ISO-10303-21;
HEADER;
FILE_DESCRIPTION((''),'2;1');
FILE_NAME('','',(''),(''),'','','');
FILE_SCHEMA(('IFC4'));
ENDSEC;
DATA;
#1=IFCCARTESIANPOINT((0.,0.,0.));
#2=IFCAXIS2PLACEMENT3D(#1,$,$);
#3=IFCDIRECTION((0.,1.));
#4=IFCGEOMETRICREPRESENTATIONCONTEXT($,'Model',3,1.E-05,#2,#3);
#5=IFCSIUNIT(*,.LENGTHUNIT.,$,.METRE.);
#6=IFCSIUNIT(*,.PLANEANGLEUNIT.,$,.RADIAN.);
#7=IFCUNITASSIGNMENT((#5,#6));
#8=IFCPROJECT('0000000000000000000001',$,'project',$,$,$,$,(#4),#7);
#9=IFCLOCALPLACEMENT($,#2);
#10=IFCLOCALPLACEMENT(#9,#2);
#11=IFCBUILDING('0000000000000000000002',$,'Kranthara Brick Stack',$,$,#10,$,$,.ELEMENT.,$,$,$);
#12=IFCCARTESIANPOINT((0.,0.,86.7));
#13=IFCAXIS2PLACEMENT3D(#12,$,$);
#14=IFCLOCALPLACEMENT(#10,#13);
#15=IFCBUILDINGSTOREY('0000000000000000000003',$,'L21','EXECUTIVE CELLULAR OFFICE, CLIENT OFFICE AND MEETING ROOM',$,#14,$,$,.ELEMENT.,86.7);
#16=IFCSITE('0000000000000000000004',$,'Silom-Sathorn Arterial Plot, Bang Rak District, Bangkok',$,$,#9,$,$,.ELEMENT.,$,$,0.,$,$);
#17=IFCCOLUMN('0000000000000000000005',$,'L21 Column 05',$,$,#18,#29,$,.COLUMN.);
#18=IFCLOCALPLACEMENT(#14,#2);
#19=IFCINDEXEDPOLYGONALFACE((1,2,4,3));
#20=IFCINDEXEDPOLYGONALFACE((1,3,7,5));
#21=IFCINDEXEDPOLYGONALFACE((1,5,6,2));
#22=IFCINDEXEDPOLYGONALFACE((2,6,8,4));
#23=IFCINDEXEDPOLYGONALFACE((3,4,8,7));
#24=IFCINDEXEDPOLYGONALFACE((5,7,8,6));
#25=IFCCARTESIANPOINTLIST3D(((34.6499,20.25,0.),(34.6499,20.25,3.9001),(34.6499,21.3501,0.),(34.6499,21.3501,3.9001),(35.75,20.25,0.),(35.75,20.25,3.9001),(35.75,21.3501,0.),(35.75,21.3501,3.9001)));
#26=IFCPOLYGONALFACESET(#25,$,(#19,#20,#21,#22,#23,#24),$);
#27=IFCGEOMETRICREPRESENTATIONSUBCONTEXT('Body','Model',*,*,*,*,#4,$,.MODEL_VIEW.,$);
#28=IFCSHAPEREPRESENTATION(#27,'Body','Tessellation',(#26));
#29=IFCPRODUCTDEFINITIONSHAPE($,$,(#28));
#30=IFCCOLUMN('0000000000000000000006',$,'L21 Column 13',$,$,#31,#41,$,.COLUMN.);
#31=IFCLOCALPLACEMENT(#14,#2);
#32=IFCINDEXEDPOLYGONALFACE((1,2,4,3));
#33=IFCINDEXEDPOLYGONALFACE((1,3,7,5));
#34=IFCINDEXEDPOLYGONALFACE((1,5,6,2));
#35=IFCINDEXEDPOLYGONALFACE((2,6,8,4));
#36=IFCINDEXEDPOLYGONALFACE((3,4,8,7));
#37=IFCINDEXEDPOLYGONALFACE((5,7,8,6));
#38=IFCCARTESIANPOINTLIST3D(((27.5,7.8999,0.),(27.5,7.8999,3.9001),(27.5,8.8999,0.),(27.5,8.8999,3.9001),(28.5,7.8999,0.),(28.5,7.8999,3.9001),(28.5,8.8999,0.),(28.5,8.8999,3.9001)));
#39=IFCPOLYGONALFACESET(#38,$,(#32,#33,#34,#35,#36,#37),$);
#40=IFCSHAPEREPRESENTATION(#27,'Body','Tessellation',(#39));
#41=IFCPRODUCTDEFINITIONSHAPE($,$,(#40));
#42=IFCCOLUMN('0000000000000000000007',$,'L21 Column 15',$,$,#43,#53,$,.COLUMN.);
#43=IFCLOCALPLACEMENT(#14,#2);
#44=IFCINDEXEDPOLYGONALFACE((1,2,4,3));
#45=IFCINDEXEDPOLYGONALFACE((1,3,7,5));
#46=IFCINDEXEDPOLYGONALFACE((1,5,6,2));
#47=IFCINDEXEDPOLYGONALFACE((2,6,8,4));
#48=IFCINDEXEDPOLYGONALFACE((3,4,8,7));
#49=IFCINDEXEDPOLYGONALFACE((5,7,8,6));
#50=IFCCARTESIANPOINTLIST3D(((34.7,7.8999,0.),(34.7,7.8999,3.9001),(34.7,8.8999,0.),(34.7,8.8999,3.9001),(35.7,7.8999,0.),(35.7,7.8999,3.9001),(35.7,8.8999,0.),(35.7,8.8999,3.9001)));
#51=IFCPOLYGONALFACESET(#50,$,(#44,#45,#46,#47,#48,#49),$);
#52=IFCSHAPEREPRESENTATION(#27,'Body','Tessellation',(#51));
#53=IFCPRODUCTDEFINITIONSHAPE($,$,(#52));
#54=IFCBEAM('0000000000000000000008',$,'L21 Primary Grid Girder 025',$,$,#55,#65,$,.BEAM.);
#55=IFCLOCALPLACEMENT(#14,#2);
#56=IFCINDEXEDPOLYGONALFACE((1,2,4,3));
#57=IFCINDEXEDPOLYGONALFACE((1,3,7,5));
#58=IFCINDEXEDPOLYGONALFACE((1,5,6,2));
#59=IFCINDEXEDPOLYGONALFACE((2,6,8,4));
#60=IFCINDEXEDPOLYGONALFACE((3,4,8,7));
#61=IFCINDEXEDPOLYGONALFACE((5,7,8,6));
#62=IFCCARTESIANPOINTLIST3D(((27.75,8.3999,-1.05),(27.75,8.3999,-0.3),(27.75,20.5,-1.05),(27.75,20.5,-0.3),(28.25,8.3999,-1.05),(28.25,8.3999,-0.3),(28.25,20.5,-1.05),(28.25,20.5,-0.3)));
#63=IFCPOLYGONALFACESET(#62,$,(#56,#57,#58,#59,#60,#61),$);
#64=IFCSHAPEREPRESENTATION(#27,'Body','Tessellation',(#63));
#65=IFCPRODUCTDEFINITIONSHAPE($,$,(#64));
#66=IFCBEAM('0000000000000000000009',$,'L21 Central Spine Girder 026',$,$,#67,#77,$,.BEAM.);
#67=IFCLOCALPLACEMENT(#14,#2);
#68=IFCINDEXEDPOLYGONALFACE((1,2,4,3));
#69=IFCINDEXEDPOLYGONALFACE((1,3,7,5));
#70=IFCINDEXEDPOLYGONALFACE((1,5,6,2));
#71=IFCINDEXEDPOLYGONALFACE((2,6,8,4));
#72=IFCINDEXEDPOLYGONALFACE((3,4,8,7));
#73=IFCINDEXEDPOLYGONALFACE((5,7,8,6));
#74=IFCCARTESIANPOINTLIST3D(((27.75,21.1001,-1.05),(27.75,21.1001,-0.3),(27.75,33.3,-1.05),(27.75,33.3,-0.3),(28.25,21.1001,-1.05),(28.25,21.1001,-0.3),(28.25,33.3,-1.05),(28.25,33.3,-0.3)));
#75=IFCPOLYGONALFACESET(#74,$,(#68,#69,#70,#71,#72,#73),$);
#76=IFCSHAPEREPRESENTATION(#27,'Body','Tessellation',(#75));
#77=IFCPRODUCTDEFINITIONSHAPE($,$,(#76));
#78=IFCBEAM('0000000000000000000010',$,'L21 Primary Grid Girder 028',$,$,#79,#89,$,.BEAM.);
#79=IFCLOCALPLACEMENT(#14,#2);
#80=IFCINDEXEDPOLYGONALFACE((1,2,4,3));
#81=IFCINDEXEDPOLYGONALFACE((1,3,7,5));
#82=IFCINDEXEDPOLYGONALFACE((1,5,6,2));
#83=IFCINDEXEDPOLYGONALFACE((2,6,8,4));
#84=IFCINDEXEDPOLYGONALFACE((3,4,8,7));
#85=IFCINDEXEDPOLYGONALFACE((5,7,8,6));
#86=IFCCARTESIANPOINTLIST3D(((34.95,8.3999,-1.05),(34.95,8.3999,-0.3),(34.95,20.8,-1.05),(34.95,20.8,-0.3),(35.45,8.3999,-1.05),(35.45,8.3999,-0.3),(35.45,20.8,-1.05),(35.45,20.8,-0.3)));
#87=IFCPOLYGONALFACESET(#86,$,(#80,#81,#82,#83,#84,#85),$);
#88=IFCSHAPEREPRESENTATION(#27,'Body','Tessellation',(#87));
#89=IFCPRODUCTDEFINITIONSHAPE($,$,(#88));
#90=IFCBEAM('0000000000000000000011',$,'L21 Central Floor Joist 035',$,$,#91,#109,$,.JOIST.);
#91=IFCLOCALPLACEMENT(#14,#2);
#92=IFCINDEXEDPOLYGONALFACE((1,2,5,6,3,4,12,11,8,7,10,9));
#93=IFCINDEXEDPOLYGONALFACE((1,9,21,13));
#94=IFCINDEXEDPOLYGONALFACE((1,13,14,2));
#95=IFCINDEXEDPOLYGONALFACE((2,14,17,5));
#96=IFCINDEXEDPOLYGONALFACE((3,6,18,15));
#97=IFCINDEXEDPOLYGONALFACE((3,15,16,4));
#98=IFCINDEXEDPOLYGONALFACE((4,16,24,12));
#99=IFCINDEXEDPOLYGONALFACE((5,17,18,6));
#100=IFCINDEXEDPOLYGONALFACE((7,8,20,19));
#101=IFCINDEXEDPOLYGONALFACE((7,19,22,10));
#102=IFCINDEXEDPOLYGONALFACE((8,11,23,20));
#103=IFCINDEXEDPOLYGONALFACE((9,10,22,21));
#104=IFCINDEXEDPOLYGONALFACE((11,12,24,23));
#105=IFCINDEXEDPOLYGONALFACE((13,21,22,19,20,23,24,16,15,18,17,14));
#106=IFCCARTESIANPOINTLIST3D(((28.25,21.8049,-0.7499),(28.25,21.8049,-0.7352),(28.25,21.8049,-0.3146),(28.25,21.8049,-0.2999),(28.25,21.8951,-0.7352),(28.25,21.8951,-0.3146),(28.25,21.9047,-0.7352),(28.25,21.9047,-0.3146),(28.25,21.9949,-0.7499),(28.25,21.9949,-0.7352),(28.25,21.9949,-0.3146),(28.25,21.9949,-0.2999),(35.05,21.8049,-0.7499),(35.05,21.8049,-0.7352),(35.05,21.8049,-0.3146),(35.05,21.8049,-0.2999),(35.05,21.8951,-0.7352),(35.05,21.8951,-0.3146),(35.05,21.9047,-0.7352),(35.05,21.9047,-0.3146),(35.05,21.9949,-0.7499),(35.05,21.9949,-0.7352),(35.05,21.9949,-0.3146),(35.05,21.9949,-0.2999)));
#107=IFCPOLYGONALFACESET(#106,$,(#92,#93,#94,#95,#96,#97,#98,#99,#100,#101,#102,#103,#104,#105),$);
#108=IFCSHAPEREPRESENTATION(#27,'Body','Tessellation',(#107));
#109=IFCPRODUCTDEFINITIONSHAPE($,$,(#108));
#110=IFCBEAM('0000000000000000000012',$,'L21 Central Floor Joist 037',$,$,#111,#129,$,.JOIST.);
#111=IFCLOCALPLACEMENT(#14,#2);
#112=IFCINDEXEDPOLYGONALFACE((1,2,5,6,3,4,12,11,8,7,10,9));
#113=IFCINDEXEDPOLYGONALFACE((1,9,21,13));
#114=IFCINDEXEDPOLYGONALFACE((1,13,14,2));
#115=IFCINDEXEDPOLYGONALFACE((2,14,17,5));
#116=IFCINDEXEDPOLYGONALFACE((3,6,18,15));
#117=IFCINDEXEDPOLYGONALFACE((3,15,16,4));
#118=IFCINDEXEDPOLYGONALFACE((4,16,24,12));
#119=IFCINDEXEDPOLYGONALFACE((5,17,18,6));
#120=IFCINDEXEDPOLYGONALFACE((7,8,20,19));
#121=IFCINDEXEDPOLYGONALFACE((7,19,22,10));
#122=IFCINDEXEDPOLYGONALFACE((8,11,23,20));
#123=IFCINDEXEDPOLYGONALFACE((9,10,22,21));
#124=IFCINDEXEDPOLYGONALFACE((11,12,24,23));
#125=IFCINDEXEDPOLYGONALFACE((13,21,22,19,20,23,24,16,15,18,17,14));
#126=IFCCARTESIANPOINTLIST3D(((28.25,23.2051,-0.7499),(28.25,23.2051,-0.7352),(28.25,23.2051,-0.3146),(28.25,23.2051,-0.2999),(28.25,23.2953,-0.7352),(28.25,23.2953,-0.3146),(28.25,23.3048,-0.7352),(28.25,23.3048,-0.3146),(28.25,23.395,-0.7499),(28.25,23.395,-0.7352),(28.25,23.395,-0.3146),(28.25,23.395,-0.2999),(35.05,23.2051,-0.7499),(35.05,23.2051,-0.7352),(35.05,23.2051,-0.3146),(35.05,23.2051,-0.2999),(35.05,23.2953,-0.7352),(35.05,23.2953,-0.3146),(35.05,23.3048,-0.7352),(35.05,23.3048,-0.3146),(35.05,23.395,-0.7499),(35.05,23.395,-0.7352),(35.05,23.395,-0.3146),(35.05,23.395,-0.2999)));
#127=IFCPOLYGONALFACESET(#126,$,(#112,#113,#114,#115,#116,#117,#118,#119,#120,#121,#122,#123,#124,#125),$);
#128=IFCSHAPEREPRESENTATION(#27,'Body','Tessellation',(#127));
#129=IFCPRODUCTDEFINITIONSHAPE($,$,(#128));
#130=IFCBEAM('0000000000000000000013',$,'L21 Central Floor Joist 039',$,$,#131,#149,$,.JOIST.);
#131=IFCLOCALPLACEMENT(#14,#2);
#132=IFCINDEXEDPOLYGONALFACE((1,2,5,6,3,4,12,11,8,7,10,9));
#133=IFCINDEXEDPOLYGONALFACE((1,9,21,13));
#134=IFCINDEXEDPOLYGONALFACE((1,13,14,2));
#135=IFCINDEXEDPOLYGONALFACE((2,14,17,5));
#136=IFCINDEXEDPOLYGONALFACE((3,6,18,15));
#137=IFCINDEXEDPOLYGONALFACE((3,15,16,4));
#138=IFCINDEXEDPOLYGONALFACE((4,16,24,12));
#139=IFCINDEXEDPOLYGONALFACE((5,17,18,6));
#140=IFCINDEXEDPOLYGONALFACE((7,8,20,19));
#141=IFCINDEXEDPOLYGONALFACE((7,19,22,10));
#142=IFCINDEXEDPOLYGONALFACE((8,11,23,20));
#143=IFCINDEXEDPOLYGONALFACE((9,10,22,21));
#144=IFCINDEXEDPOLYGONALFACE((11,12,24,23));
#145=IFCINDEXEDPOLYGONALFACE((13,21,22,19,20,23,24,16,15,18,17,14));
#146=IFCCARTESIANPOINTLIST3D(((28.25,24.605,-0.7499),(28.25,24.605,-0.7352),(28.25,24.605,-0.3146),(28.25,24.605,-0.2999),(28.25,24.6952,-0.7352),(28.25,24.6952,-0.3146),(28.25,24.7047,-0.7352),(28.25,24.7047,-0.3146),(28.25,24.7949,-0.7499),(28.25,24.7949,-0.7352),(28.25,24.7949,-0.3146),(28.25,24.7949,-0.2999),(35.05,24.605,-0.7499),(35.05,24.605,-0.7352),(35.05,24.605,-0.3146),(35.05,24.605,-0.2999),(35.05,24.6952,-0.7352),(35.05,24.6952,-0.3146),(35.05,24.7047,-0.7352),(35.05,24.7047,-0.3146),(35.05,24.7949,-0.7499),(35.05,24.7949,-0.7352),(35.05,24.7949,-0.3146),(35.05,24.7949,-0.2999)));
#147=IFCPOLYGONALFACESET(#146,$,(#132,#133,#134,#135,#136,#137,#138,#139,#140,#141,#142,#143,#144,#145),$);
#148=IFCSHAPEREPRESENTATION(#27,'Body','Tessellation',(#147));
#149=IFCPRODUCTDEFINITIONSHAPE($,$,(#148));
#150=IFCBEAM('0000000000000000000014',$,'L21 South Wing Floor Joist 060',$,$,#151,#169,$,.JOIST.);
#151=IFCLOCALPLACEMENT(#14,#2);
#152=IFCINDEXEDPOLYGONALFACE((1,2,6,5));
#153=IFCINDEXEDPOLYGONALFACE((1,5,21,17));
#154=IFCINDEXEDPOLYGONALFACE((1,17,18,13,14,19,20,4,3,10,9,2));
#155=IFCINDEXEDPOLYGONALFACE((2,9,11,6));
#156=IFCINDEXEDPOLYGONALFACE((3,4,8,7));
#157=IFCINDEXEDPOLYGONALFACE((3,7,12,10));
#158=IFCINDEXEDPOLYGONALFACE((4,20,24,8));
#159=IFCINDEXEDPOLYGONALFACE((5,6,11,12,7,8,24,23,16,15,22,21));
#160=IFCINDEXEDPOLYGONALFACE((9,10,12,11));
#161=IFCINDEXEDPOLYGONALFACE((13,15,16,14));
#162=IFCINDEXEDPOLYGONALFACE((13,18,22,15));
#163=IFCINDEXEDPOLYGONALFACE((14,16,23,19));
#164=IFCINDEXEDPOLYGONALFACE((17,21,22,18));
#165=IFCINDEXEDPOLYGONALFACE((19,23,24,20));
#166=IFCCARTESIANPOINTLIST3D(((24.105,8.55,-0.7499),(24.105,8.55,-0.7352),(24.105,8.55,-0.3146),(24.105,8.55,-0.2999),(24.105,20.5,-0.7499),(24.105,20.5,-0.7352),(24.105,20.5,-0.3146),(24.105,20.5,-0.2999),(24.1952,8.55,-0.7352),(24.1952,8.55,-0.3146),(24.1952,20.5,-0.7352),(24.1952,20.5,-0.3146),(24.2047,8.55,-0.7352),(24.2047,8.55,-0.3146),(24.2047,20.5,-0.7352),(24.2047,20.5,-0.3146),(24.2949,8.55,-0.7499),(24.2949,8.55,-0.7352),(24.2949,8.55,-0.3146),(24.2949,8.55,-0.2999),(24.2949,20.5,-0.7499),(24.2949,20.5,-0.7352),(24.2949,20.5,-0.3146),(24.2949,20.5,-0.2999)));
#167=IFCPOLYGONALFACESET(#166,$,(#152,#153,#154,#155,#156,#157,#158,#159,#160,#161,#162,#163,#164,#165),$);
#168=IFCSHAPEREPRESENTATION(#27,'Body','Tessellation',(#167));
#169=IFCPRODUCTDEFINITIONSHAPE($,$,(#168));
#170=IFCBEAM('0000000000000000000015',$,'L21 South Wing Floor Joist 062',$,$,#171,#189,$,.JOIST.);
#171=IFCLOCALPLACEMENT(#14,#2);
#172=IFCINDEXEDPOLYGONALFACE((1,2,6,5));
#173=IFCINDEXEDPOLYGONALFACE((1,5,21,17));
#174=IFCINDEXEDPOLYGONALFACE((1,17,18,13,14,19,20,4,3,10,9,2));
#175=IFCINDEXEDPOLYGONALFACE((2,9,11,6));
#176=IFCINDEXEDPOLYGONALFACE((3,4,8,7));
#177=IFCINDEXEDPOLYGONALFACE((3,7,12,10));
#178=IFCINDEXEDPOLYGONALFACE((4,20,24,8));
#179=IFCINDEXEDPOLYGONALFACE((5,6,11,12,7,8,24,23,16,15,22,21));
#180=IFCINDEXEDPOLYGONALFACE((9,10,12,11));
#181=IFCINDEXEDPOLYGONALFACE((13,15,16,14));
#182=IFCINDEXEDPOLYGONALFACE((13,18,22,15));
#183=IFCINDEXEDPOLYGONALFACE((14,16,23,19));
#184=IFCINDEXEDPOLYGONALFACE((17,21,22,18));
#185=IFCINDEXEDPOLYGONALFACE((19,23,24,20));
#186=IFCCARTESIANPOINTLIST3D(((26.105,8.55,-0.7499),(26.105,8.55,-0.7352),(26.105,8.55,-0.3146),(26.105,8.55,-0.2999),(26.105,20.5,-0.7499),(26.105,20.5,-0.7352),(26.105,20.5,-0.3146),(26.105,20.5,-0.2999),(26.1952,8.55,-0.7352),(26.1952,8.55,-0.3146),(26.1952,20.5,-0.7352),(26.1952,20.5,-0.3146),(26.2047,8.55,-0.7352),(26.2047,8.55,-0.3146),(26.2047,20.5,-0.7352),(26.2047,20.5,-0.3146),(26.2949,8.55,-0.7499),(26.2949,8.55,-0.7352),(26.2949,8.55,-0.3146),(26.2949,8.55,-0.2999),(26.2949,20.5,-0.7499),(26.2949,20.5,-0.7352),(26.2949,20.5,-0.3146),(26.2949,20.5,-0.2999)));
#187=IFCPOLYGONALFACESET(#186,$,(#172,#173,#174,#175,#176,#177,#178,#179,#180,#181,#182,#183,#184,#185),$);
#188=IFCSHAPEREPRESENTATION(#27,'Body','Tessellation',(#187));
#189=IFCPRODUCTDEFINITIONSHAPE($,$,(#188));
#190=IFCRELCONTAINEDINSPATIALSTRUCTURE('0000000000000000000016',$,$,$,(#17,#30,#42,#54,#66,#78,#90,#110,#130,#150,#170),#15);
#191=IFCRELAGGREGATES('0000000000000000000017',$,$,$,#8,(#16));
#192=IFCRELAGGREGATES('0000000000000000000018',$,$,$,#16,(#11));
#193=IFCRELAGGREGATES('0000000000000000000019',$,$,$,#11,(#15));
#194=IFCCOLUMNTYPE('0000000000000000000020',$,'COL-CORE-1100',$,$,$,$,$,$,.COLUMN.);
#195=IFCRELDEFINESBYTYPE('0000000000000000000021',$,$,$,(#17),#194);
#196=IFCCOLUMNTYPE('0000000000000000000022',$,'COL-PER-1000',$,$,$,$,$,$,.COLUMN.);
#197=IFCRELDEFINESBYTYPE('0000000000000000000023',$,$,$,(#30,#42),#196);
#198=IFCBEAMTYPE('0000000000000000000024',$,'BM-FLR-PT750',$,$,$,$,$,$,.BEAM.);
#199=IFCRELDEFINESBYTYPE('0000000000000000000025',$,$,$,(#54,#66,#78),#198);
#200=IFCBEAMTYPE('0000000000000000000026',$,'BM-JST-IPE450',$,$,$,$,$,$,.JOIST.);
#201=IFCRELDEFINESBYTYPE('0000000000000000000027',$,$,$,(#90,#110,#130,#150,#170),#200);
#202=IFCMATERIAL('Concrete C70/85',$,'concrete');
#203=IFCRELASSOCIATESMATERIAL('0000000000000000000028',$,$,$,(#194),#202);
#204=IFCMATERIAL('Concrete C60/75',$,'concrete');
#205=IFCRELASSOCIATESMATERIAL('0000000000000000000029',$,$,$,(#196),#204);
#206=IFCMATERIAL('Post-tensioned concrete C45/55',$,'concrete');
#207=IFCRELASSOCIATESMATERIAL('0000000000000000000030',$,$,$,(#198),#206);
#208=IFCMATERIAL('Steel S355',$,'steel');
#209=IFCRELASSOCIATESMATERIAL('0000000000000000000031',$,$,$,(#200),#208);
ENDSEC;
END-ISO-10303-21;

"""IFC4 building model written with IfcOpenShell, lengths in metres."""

from ifc_helpers import new_model, si_unit, direction, frame, origin, origin_2d, place, context, subcontext, project, spatial, rectangle, i_section, extrude, material, material_profile, profile_set, type_object, element, save


model = new_model("IFC4")

# Units and contexts
model_context = context("Model", 3, precision=1e-05, world=origin(), true_north=direction((0.0, 1.0)))
body_context = subcontext(model_context, "Body", "Model", "MODEL_VIEW")
ifc_project = project(units=[si_unit("LENGTHUNIT", "METRE"), si_unit("PLANEANGLEUNIT", "RADIAN")], contexts=[model_context])

# Site, building, storey
site_placement = place(None, origin())
site = spatial("IfcSite", under=ifc_project, at=site_placement, Name="Silom-Sathorn Arterial Plot, Bang Rak District, Bangkok", CompositionType="ELEMENT", RefElevation=0.0)
building_placement = place(site_placement, origin())
building = spatial("IfcBuilding", under=site, at=building_placement, Name="Kranthara Brick Stack", CompositionType="ELEMENT")
storey_placement = place(building_placement, frame((0.0, 0.0, 86.7)))
storey = spatial("IfcBuildingStorey", under=building, at=storey_placement, Name="L21", Description="EXECUTIVE CELLULAR OFFICE, CLIENT OFFICE AND MEETING ROOM", CompositionType="ELEMENT", Elevation=86.7)

# Columns
ifc_material_1 = material(Name="Concrete C70/85", Category="concrete")
ifc_material_profile_1 = material_profile(ifc_material_1, rectangle(XDim=1.1001, YDim=1.1001, at=origin_2d()), Name="RC 1100x1100")
ifc_profile_set_1 = profile_set([ifc_material_profile_1], Name="Concrete C70/85")
column_type_1 = type_object("IfcColumnType", Name="COL-CORE-1100", PredefinedType="COLUMN", material=ifc_profile_set_1)
column_placement = place(storey_placement, frame((35.2, 20.8, 0.0), z_axis=(0.0, 0.0, 1.0), x_axis=(1.0, 0.0, 0.0)))
element("IfcColumn", 1, at=column_placement, inside=storey, type_object=column_type_1, Name="L21 Column 05", PredefinedType="COLUMN", context=body_context, shape_type="SweptSolid", body=[
    extrude(rectangle(XDim=1.1001, YDim=1.1001, at=origin_2d()), origin(), (0.0, 0.0, 1.0), 3.9001),
])
ifc_material_2 = material(Name="Concrete C60/75", Category="concrete")
ifc_material_profile_2 = material_profile(ifc_material_2, rectangle(XDim=1.0, YDim=1.0, at=origin_2d()), Name="RC 1000x1000")
ifc_profile_set_2 = profile_set([ifc_material_profile_2], Name="Concrete C60/75")
column_type_2 = type_object("IfcColumnType", Name="COL-PER-1000", PredefinedType="COLUMN", material=ifc_profile_set_2)
for number, where, z_axis, x_axis, name in (
    (2, (28.0, 8.3999, 0.0), (0.0, 0.0, 1.0), (1.0, 0.0, 0.0), "L21 Column 13"),
    (3, (35.2, 8.3999, 0.0), (0.0, 0.0, 1.0), (1.0, 0.0, 0.0), "L21 Column 15"),
):
    element("IfcColumn", number, at=place(storey_placement, frame(where, z_axis=z_axis, x_axis=x_axis)), inside=storey, type_object=column_type_2, Name=name, PredefinedType="COLUMN", context=body_context, shape_type="SweptSolid", body=[
        extrude(rectangle(XDim=1.0, YDim=1.0, at=origin_2d()), origin(), (0.0, 0.0, 1.0), 3.9001),
    ])

# Beams
ifc_material_3 = material(Name="Post-tensioned concrete C45/55", Category="concrete")
ifc_material_profile_3 = material_profile(ifc_material_3, rectangle(XDim=0.5, YDim=0.75, at=origin_2d()), Name="PT 500x750")
ifc_profile_set_3 = profile_set([ifc_material_profile_3], Name="Post-tensioned concrete C45/55")
beam_type_1 = type_object("IfcBeamType", Name="BM-FLR-PT750", PredefinedType="BEAM", material=ifc_profile_set_3)
beam_1_placement = place(storey_placement, frame((28.0, 8.3999, -0.675), z_axis=(0.0, 1.0, 0.0), x_axis=(-1.0, 0.0, 0.0)))
element("IfcBeam", 4, at=beam_1_placement, inside=storey, type_object=beam_type_1, Name="L21 Primary Grid Girder 025", PredefinedType="BEAM", context=body_context, shape_type="SweptSolid", body=[
    extrude(rectangle(XDim=0.5, YDim=0.75, at=origin_2d()), origin(), (0.0, 0.0, 1.0), 12.1001),
])
beam_2_placement = place(storey_placement, frame((28.0, 21.1001, -0.675), z_axis=(0.0, 1.0, 0.0), x_axis=(-1.0, 0.0, 0.0)))
element("IfcBeam", 5, at=beam_2_placement, inside=storey, type_object=beam_type_1, Name="L21 Central Spine Girder 026", PredefinedType="BEAM", context=body_context, shape_type="SweptSolid", body=[
    extrude(rectangle(XDim=0.5, YDim=0.75, at=origin_2d()), origin(), (0.0, 0.0, 1.0), 12.2),
])
beam_3_placement = place(storey_placement, frame((35.2, 8.3999, -0.675), z_axis=(0.0, 1.0, 0.0), x_axis=(-1.0, 0.0, 0.0)))
element("IfcBeam", 6, at=beam_3_placement, inside=storey, type_object=beam_type_1, Name="L21 Primary Grid Girder 028", PredefinedType="BEAM", context=body_context, shape_type="SweptSolid", body=[
    extrude(rectangle(XDim=0.5, YDim=0.75, at=origin_2d()), origin(), (0.0, 0.0, 1.0), 12.4001),
])
ifc_material_4 = material(Name="Steel S355", Category="steel")
ifc_material_profile_4 = material_profile(ifc_material_4, i_section(OverallWidth=0.1899, OverallDepth=0.45, WebThickness=0.0095, FlangeThickness=0.0146, at=origin_2d()), Name="IPE 450")
ifc_profile_set_4 = profile_set([ifc_material_profile_4], Name="Steel S355")
beam_type_2 = type_object("IfcBeamType", Name="BM-JST-IPE450", PredefinedType="JOIST", material=ifc_profile_set_4)
for number, where, z_axis, x_axis, name in (
    (7, (28.25, 21.8999, -0.5249), (1.0, 0.0, 0.0), (0.0, 1.0, 0.0), "L21 Central Floor Joist 035"),
    (8, (28.25, 23.3, -0.5249), (1.0, 0.0, 0.0), (0.0, 1.0, 0.0), "L21 Central Floor Joist 037"),
    (9, (28.25, 24.7, -0.5249), (1.0, 0.0, 0.0), (0.0, 1.0, 0.0), "L21 Central Floor Joist 039"),
):
    element("IfcBeam", number, at=place(storey_placement, frame(where, z_axis=z_axis, x_axis=x_axis)), inside=storey, type_object=beam_type_2, Name=name, PredefinedType="JOIST", context=body_context, shape_type="SweptSolid", body=[
        extrude(i_section(OverallWidth=0.1899, OverallDepth=0.45, WebThickness=0.0095, FlangeThickness=0.0146, at=origin_2d()), origin(), (0.0, 0.0, 1.0), 6.8),
    ])
for number, where, z_axis, x_axis, name in (
    (10, (24.2, 8.55, -0.5249), (0.0, 1.0, 0.0), (-1.0, 0.0, 0.0), "L21 South Wing Floor Joist 060"),
    (11, (26.2, 8.55, -0.5249), (0.0, 1.0, 0.0), (-1.0, 0.0, 0.0), "L21 South Wing Floor Joist 062"),
):
    element("IfcBeam", number, at=place(storey_placement, frame(where, z_axis=z_axis, x_axis=x_axis)), inside=storey, type_object=beam_type_2, Name=name, PredefinedType="JOIST", context=body_context, shape_type="SweptSolid", body=[
        extrude(i_section(OverallWidth=0.1899, OverallDepth=0.45, WebThickness=0.0095, FlangeThickness=0.0146, at=origin_2d()), origin(), (0.0, 0.0, 1.0), 11.95),
    ])

save(model, "model.ifc")
